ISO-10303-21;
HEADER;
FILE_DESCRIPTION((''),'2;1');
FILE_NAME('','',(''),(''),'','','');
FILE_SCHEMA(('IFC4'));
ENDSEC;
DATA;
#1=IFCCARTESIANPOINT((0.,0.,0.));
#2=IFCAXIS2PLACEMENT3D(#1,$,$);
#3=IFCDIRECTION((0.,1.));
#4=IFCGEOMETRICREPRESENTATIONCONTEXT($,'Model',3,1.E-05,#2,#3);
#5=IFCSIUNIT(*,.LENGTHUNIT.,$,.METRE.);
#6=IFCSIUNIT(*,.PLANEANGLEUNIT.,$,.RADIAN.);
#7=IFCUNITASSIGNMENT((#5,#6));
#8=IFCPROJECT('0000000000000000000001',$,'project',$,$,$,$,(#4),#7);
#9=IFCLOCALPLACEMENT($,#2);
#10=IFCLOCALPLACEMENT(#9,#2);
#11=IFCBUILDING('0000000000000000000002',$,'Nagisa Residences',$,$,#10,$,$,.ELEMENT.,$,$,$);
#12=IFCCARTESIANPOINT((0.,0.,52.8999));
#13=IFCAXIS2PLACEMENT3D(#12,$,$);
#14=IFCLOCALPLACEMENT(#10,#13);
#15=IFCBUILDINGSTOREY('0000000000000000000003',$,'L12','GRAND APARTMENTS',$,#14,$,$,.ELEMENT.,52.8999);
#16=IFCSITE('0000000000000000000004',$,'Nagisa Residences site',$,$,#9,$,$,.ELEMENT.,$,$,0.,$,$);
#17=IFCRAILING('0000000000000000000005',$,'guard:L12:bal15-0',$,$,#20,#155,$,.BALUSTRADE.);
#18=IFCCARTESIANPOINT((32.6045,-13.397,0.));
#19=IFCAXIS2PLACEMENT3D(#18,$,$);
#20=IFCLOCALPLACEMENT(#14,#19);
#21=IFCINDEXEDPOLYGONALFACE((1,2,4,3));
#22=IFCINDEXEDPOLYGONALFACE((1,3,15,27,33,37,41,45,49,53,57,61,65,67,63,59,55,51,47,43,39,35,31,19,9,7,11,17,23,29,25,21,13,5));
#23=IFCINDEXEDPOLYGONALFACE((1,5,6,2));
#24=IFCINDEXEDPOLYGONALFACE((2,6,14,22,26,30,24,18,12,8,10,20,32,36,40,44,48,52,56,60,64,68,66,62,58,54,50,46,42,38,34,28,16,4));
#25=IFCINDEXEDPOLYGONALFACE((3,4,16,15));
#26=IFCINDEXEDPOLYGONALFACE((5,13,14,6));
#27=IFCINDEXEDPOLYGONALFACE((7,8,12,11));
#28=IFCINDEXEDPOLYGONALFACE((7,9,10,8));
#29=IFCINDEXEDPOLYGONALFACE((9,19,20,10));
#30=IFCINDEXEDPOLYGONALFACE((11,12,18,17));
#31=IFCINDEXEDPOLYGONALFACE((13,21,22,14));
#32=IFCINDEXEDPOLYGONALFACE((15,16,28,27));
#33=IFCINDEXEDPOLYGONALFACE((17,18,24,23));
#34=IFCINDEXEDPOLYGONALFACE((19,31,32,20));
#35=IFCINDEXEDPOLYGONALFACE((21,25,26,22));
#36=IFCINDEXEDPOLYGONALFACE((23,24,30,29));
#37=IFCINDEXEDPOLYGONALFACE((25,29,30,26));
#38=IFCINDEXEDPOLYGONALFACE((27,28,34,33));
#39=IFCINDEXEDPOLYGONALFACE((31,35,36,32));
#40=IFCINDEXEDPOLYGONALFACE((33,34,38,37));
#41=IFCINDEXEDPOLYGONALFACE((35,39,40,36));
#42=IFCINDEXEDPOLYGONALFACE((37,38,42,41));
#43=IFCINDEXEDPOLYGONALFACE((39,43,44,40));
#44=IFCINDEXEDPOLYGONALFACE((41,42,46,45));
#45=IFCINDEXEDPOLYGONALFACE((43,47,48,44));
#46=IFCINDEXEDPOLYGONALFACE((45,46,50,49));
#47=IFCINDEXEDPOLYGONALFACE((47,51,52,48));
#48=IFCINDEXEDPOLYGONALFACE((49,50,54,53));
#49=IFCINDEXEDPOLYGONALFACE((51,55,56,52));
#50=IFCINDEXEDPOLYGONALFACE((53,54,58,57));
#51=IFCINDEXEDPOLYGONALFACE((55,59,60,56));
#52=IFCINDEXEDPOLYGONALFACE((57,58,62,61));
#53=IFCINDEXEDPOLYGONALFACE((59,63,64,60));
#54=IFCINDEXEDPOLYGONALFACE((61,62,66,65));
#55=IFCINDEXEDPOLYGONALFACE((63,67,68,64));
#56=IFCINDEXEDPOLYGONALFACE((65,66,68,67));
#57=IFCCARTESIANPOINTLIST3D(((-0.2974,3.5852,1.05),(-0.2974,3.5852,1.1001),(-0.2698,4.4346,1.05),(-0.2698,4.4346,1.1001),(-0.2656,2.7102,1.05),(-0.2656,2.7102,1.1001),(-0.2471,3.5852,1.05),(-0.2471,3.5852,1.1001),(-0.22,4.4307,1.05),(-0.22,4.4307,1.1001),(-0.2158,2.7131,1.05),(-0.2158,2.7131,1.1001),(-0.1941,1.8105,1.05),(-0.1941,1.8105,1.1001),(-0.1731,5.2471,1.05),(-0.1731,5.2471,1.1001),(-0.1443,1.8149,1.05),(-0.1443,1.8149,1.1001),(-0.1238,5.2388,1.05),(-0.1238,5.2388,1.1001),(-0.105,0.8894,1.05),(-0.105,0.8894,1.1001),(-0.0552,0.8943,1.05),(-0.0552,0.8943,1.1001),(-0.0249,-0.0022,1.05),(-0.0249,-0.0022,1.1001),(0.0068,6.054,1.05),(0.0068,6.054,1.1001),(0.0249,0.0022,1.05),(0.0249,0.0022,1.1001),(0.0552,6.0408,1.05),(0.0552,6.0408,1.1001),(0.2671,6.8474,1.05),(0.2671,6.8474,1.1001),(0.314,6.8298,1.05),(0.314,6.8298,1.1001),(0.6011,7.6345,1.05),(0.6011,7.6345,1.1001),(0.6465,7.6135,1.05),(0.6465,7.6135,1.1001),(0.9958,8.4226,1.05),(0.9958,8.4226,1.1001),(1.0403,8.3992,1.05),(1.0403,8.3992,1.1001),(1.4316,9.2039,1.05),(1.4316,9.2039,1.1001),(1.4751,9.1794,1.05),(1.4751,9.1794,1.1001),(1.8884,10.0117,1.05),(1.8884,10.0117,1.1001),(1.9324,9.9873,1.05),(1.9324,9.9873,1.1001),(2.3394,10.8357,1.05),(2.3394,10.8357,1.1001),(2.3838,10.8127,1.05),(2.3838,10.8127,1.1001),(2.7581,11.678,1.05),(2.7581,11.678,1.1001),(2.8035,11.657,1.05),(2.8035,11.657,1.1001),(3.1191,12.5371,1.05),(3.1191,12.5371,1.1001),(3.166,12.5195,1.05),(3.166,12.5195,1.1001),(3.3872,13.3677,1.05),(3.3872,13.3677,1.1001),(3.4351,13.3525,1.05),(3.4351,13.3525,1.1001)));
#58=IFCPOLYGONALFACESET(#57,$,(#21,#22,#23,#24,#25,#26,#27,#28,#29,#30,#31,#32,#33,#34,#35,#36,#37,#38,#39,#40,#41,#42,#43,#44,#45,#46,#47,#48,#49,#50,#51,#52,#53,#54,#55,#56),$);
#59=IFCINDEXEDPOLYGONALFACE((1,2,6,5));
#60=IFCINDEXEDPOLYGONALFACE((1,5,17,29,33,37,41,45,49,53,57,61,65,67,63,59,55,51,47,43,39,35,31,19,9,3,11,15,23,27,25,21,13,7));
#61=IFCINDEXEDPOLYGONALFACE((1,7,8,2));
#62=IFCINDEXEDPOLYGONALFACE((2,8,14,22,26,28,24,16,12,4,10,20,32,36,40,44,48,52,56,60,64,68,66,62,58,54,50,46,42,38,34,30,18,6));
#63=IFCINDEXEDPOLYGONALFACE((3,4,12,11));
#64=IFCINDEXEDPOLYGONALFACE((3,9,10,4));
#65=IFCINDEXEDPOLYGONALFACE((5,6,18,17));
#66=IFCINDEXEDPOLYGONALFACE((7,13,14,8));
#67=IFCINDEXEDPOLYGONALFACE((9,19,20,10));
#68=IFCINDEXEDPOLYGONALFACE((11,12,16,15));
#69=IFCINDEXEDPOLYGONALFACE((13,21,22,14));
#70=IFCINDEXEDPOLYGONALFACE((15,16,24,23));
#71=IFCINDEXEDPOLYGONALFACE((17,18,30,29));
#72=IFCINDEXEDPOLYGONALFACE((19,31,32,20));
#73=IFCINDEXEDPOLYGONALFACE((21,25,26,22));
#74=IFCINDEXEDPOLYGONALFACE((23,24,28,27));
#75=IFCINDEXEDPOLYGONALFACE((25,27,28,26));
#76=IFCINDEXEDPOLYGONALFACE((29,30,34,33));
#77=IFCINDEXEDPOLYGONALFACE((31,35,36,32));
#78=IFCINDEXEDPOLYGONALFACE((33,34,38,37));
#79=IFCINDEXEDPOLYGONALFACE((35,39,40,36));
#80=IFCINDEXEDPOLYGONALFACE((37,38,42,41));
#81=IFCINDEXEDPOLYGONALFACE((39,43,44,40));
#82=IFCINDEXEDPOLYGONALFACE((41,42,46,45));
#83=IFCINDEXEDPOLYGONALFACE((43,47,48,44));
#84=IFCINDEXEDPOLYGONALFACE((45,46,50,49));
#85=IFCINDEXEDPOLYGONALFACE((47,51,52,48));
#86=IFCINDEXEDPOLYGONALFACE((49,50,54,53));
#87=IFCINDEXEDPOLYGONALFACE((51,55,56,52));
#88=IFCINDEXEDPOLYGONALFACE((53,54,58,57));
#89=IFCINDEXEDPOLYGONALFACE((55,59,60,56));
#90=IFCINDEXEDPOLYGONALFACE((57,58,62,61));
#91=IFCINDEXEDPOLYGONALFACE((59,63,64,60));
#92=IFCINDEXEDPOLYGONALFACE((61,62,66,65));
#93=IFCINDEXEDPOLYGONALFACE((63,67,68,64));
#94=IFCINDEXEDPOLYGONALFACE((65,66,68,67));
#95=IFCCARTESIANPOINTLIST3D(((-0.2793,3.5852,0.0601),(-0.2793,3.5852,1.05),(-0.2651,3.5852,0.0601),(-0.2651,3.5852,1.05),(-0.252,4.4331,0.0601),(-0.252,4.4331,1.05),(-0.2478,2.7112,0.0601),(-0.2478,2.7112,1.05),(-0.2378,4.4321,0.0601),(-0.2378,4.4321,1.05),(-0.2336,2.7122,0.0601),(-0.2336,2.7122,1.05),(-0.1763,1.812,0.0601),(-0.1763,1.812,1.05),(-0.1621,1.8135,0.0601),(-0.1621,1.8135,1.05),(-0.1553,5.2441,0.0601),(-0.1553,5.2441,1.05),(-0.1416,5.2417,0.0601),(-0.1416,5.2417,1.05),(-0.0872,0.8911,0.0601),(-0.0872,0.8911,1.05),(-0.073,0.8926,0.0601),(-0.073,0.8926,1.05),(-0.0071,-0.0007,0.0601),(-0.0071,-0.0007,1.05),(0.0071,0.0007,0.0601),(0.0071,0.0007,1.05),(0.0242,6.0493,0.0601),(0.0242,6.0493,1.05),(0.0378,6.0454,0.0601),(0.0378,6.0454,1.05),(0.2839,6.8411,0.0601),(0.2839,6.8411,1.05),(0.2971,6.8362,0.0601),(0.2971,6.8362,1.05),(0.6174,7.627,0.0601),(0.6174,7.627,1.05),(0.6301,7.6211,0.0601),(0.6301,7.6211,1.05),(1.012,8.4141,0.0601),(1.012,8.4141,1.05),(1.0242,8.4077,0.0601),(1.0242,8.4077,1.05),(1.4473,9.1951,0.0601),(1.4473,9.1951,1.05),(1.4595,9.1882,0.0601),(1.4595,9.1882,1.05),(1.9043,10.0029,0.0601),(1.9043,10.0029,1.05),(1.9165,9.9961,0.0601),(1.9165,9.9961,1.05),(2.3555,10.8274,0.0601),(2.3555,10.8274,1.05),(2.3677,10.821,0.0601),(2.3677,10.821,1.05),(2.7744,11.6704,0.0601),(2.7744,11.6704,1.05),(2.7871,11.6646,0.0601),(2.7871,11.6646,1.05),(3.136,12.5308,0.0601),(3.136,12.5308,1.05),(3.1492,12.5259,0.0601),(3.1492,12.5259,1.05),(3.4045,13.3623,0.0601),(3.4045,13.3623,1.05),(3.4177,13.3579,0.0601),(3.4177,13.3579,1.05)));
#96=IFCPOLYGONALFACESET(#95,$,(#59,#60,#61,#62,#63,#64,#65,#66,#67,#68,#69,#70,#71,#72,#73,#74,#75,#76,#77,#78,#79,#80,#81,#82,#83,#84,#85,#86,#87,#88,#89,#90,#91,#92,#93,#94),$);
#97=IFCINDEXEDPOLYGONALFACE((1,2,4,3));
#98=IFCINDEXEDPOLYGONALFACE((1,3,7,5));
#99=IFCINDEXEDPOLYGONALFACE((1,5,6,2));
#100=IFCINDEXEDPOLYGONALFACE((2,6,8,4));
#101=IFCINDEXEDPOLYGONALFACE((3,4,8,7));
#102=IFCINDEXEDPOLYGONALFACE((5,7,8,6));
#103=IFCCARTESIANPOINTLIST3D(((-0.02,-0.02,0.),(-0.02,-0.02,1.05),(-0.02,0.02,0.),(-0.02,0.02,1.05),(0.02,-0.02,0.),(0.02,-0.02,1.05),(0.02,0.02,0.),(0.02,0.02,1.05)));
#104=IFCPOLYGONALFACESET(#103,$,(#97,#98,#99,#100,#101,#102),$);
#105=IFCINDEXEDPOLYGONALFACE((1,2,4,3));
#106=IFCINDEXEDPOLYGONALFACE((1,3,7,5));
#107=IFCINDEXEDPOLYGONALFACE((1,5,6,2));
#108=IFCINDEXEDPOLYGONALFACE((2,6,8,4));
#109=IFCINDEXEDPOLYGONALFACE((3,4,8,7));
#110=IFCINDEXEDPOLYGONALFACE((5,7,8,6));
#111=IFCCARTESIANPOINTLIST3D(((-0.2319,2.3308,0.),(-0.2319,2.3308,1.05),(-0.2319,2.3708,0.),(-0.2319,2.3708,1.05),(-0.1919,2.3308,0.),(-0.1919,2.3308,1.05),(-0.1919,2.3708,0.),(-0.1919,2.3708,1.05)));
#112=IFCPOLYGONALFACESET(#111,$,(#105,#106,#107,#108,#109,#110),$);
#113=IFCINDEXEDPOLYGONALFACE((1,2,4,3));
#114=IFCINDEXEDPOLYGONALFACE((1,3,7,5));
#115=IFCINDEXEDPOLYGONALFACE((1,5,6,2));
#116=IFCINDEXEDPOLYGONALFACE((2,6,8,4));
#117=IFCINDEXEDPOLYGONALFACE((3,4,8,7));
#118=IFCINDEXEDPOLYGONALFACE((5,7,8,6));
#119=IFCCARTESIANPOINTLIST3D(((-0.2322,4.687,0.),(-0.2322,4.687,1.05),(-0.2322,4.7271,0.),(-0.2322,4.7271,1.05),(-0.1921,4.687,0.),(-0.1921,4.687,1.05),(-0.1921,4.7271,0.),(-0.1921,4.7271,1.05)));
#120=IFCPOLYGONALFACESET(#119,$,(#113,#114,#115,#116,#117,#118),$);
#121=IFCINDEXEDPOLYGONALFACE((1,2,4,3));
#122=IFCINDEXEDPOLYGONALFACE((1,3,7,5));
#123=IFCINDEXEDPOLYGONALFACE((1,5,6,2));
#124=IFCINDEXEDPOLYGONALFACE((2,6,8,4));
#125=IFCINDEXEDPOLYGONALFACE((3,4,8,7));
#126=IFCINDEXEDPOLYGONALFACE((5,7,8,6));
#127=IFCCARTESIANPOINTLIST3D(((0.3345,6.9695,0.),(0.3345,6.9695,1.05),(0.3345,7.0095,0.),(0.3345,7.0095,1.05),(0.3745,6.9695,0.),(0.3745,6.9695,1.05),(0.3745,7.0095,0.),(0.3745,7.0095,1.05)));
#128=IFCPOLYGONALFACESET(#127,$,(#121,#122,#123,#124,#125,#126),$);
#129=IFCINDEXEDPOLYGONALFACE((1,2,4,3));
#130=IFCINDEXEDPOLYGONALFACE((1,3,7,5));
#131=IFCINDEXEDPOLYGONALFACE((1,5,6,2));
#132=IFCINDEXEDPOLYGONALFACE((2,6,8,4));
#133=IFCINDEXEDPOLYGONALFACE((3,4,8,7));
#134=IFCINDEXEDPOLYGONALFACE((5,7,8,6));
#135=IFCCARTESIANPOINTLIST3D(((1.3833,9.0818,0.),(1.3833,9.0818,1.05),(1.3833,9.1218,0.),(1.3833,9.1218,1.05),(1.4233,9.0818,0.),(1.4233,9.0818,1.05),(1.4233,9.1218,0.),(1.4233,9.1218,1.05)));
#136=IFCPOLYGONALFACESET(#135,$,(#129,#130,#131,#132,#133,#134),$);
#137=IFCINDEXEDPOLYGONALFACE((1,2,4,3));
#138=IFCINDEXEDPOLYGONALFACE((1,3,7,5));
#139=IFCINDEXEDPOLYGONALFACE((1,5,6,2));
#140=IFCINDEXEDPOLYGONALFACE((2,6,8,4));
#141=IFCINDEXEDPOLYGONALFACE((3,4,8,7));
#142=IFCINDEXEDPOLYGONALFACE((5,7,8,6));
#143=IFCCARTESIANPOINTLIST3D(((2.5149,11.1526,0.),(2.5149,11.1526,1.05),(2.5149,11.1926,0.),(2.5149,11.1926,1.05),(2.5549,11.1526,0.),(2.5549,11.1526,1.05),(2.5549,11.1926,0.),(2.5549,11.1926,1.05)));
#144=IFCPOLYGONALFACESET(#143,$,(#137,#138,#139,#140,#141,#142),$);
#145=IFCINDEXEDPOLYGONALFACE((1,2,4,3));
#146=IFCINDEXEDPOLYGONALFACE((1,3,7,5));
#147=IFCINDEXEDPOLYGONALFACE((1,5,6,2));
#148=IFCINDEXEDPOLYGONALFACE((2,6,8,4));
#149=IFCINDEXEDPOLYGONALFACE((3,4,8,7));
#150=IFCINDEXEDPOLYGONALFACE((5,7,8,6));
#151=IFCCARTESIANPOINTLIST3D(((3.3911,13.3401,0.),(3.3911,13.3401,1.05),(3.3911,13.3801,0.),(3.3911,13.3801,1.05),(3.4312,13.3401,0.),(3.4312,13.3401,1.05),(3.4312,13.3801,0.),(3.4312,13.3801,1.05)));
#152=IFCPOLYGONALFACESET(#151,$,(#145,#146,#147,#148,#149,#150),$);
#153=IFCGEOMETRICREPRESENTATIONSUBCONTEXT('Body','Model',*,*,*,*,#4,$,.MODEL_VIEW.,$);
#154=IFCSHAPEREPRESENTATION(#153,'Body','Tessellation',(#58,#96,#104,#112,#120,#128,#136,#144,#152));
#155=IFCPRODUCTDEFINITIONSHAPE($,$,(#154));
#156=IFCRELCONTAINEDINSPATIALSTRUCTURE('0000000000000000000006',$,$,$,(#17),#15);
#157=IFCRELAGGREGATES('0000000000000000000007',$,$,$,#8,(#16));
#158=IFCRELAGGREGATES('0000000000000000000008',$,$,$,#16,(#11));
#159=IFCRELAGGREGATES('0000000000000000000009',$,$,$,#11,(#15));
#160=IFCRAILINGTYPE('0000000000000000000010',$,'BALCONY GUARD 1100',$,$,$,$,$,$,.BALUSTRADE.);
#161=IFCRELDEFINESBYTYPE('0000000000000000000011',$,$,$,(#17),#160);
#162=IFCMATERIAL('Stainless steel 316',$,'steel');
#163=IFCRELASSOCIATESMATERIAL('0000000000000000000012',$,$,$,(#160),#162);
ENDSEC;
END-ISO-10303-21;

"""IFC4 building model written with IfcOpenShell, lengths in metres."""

from ifc_helpers import new_model, si_unit, direction, frame, origin, origin_2d, place, context, subcontext, project, spatial, polyline, rectangle, outline, extrude, material, type_object, element, save


model = new_model("IFC4")

# Units and contexts
model_context = context("Model", 3, precision=1e-05, world=origin(), true_north=direction((0.0, 1.0)))
body_context = subcontext(model_context, "Body", "Model", "MODEL_VIEW")
ifc_project = project(units=[si_unit("LENGTHUNIT", "METRE"), si_unit("PLANEANGLEUNIT", "RADIAN")], contexts=[model_context])

# Site, building, storey
site_placement = place(None, origin())
site = spatial("IfcSite", under=ifc_project, at=site_placement, Name="Nagisa Residences site", CompositionType="ELEMENT", RefElevation=0.0)
building_placement = place(site_placement, origin())
building = spatial("IfcBuilding", under=site, at=building_placement, Name="Nagisa Residences", CompositionType="ELEMENT")
storey_placement = place(building_placement, frame((0.0, 0.0, 52.8999)))
storey = spatial("IfcBuildingStorey", under=building, at=storey_placement, Name="L12", Description="GRAND APARTMENTS", CompositionType="ELEMENT", Elevation=52.8999)

# Railing
ifc_material_1 = material(Name="Stainless steel 316", Category="steel")
railing_type = type_object("IfcRailingType", Name="BALCONY GUARD 1100", PredefinedType="BALUSTRADE", material=ifc_material_1)
railing_placement = place(storey_placement, frame((32.6045, -13.397, 0.0)))
element("IfcRailing", 1, at=railing_placement, inside=storey, type_object=railing_type, Name="guard:L12:bal15-0", PredefinedType="BALUSTRADE", context=body_context, shape_type="SweptSolid", body=[
    extrude(outline(polyline([(-0.105, 0.8894), (-0.0249, -0.0022), (0.0249, 0.0022), (-0.0552, 0.8943), (-0.1443, 1.8149), (-0.2158, 2.7131), (-0.2471, 3.5852), (-0.22, 4.4307), (-0.1238, 5.2388), (0.0552, 6.0408), (0.314, 6.8298), (0.6465, 7.6135), (1.0403, 8.3992), (1.4751, 9.1794), (1.9324, 9.9873), (2.3838, 10.8127), (2.8035, 11.657), (3.166, 12.5195), (3.4351, 13.3525), (3.3872, 13.3677), (3.1191, 12.5371), (2.7581, 11.678), (2.3394, 10.8357), (1.8884, 10.0117), (1.4316, 9.2039), (0.9958, 8.4226), (0.6011, 7.6345), (0.2671, 6.8474), (0.0068, 6.054), (-0.1731, 5.2471), (-0.2698, 4.4346), (-0.2974, 3.5852), (-0.2656, 2.7102), (-0.1941, 1.8105), (-0.105, 0.8894)])), frame((0.0, 0.0, 1.05)), (0.0, 0.0, 1.0), 0.05),
    extrude(outline(polyline([(-0.0872, 0.8911), (-0.0071, -0.0007), (0.0071, 0.0007), (-0.073, 0.8926), (-0.1621, 1.8135), (-0.2336, 2.7122), (-0.2651, 3.5852), (-0.2378, 4.4321), (-0.1416, 5.2417), (0.0378, 6.0454), (0.2971, 6.8362), (0.6301, 7.6211), (1.0242, 8.4077), (1.4595, 9.1882), (1.9165, 9.9961), (2.3677, 10.821), (2.7871, 11.6646), (3.1492, 12.5259), (3.4177, 13.3579), (3.4045, 13.3623), (3.136, 12.5308), (2.7744, 11.6704), (2.3555, 10.8274), (1.9043, 10.0029), (1.4473, 9.1951), (1.012, 8.4141), (0.6174, 7.627), (0.2839, 6.8411), (0.0242, 6.0493), (-0.1553, 5.2441), (-0.252, 4.4331), (-0.2793, 3.5852), (-0.2478, 2.7112), (-0.1763, 1.812), (-0.0872, 0.8911)])), frame((0.0, 0.0, 0.0601)), (0.0, 0.0, 1.0), 0.99),
    extrude(rectangle(XDim=0.04, YDim=0.04, at=origin_2d()), origin(), (0.0, 0.0, 1.0), 1.05),
    extrude(rectangle(XDim=0.04, YDim=0.04, at=origin_2d()), frame((-0.2119, 2.3508, 0.0)), (0.0, 0.0, 1.0), 1.05),
    extrude(rectangle(XDim=0.04, YDim=0.04, at=origin_2d()), frame((-0.2122, 4.707, 0.0)), (0.0, 0.0, 1.0), 1.05),
    extrude(rectangle(XDim=0.04, YDim=0.04, at=origin_2d()), frame((0.3545, 6.9895, 0.0)), (0.0, 0.0, 1.0), 1.05),
    extrude(rectangle(XDim=0.04, YDim=0.04, at=origin_2d()), frame((1.4033, 9.1018, 0.0)), (0.0, 0.0, 1.0), 1.05),
    extrude(rectangle(XDim=0.04, YDim=0.04, at=origin_2d()), frame((2.5349, 11.1726, 0.0)), (0.0, 0.0, 1.0), 1.05),
    extrude(rectangle(XDim=0.04, YDim=0.04, at=origin_2d()), frame((3.4111, 13.3601, 0.0)), (0.0, 0.0, 1.0), 1.05),
])

save(model, "model.ifc")
